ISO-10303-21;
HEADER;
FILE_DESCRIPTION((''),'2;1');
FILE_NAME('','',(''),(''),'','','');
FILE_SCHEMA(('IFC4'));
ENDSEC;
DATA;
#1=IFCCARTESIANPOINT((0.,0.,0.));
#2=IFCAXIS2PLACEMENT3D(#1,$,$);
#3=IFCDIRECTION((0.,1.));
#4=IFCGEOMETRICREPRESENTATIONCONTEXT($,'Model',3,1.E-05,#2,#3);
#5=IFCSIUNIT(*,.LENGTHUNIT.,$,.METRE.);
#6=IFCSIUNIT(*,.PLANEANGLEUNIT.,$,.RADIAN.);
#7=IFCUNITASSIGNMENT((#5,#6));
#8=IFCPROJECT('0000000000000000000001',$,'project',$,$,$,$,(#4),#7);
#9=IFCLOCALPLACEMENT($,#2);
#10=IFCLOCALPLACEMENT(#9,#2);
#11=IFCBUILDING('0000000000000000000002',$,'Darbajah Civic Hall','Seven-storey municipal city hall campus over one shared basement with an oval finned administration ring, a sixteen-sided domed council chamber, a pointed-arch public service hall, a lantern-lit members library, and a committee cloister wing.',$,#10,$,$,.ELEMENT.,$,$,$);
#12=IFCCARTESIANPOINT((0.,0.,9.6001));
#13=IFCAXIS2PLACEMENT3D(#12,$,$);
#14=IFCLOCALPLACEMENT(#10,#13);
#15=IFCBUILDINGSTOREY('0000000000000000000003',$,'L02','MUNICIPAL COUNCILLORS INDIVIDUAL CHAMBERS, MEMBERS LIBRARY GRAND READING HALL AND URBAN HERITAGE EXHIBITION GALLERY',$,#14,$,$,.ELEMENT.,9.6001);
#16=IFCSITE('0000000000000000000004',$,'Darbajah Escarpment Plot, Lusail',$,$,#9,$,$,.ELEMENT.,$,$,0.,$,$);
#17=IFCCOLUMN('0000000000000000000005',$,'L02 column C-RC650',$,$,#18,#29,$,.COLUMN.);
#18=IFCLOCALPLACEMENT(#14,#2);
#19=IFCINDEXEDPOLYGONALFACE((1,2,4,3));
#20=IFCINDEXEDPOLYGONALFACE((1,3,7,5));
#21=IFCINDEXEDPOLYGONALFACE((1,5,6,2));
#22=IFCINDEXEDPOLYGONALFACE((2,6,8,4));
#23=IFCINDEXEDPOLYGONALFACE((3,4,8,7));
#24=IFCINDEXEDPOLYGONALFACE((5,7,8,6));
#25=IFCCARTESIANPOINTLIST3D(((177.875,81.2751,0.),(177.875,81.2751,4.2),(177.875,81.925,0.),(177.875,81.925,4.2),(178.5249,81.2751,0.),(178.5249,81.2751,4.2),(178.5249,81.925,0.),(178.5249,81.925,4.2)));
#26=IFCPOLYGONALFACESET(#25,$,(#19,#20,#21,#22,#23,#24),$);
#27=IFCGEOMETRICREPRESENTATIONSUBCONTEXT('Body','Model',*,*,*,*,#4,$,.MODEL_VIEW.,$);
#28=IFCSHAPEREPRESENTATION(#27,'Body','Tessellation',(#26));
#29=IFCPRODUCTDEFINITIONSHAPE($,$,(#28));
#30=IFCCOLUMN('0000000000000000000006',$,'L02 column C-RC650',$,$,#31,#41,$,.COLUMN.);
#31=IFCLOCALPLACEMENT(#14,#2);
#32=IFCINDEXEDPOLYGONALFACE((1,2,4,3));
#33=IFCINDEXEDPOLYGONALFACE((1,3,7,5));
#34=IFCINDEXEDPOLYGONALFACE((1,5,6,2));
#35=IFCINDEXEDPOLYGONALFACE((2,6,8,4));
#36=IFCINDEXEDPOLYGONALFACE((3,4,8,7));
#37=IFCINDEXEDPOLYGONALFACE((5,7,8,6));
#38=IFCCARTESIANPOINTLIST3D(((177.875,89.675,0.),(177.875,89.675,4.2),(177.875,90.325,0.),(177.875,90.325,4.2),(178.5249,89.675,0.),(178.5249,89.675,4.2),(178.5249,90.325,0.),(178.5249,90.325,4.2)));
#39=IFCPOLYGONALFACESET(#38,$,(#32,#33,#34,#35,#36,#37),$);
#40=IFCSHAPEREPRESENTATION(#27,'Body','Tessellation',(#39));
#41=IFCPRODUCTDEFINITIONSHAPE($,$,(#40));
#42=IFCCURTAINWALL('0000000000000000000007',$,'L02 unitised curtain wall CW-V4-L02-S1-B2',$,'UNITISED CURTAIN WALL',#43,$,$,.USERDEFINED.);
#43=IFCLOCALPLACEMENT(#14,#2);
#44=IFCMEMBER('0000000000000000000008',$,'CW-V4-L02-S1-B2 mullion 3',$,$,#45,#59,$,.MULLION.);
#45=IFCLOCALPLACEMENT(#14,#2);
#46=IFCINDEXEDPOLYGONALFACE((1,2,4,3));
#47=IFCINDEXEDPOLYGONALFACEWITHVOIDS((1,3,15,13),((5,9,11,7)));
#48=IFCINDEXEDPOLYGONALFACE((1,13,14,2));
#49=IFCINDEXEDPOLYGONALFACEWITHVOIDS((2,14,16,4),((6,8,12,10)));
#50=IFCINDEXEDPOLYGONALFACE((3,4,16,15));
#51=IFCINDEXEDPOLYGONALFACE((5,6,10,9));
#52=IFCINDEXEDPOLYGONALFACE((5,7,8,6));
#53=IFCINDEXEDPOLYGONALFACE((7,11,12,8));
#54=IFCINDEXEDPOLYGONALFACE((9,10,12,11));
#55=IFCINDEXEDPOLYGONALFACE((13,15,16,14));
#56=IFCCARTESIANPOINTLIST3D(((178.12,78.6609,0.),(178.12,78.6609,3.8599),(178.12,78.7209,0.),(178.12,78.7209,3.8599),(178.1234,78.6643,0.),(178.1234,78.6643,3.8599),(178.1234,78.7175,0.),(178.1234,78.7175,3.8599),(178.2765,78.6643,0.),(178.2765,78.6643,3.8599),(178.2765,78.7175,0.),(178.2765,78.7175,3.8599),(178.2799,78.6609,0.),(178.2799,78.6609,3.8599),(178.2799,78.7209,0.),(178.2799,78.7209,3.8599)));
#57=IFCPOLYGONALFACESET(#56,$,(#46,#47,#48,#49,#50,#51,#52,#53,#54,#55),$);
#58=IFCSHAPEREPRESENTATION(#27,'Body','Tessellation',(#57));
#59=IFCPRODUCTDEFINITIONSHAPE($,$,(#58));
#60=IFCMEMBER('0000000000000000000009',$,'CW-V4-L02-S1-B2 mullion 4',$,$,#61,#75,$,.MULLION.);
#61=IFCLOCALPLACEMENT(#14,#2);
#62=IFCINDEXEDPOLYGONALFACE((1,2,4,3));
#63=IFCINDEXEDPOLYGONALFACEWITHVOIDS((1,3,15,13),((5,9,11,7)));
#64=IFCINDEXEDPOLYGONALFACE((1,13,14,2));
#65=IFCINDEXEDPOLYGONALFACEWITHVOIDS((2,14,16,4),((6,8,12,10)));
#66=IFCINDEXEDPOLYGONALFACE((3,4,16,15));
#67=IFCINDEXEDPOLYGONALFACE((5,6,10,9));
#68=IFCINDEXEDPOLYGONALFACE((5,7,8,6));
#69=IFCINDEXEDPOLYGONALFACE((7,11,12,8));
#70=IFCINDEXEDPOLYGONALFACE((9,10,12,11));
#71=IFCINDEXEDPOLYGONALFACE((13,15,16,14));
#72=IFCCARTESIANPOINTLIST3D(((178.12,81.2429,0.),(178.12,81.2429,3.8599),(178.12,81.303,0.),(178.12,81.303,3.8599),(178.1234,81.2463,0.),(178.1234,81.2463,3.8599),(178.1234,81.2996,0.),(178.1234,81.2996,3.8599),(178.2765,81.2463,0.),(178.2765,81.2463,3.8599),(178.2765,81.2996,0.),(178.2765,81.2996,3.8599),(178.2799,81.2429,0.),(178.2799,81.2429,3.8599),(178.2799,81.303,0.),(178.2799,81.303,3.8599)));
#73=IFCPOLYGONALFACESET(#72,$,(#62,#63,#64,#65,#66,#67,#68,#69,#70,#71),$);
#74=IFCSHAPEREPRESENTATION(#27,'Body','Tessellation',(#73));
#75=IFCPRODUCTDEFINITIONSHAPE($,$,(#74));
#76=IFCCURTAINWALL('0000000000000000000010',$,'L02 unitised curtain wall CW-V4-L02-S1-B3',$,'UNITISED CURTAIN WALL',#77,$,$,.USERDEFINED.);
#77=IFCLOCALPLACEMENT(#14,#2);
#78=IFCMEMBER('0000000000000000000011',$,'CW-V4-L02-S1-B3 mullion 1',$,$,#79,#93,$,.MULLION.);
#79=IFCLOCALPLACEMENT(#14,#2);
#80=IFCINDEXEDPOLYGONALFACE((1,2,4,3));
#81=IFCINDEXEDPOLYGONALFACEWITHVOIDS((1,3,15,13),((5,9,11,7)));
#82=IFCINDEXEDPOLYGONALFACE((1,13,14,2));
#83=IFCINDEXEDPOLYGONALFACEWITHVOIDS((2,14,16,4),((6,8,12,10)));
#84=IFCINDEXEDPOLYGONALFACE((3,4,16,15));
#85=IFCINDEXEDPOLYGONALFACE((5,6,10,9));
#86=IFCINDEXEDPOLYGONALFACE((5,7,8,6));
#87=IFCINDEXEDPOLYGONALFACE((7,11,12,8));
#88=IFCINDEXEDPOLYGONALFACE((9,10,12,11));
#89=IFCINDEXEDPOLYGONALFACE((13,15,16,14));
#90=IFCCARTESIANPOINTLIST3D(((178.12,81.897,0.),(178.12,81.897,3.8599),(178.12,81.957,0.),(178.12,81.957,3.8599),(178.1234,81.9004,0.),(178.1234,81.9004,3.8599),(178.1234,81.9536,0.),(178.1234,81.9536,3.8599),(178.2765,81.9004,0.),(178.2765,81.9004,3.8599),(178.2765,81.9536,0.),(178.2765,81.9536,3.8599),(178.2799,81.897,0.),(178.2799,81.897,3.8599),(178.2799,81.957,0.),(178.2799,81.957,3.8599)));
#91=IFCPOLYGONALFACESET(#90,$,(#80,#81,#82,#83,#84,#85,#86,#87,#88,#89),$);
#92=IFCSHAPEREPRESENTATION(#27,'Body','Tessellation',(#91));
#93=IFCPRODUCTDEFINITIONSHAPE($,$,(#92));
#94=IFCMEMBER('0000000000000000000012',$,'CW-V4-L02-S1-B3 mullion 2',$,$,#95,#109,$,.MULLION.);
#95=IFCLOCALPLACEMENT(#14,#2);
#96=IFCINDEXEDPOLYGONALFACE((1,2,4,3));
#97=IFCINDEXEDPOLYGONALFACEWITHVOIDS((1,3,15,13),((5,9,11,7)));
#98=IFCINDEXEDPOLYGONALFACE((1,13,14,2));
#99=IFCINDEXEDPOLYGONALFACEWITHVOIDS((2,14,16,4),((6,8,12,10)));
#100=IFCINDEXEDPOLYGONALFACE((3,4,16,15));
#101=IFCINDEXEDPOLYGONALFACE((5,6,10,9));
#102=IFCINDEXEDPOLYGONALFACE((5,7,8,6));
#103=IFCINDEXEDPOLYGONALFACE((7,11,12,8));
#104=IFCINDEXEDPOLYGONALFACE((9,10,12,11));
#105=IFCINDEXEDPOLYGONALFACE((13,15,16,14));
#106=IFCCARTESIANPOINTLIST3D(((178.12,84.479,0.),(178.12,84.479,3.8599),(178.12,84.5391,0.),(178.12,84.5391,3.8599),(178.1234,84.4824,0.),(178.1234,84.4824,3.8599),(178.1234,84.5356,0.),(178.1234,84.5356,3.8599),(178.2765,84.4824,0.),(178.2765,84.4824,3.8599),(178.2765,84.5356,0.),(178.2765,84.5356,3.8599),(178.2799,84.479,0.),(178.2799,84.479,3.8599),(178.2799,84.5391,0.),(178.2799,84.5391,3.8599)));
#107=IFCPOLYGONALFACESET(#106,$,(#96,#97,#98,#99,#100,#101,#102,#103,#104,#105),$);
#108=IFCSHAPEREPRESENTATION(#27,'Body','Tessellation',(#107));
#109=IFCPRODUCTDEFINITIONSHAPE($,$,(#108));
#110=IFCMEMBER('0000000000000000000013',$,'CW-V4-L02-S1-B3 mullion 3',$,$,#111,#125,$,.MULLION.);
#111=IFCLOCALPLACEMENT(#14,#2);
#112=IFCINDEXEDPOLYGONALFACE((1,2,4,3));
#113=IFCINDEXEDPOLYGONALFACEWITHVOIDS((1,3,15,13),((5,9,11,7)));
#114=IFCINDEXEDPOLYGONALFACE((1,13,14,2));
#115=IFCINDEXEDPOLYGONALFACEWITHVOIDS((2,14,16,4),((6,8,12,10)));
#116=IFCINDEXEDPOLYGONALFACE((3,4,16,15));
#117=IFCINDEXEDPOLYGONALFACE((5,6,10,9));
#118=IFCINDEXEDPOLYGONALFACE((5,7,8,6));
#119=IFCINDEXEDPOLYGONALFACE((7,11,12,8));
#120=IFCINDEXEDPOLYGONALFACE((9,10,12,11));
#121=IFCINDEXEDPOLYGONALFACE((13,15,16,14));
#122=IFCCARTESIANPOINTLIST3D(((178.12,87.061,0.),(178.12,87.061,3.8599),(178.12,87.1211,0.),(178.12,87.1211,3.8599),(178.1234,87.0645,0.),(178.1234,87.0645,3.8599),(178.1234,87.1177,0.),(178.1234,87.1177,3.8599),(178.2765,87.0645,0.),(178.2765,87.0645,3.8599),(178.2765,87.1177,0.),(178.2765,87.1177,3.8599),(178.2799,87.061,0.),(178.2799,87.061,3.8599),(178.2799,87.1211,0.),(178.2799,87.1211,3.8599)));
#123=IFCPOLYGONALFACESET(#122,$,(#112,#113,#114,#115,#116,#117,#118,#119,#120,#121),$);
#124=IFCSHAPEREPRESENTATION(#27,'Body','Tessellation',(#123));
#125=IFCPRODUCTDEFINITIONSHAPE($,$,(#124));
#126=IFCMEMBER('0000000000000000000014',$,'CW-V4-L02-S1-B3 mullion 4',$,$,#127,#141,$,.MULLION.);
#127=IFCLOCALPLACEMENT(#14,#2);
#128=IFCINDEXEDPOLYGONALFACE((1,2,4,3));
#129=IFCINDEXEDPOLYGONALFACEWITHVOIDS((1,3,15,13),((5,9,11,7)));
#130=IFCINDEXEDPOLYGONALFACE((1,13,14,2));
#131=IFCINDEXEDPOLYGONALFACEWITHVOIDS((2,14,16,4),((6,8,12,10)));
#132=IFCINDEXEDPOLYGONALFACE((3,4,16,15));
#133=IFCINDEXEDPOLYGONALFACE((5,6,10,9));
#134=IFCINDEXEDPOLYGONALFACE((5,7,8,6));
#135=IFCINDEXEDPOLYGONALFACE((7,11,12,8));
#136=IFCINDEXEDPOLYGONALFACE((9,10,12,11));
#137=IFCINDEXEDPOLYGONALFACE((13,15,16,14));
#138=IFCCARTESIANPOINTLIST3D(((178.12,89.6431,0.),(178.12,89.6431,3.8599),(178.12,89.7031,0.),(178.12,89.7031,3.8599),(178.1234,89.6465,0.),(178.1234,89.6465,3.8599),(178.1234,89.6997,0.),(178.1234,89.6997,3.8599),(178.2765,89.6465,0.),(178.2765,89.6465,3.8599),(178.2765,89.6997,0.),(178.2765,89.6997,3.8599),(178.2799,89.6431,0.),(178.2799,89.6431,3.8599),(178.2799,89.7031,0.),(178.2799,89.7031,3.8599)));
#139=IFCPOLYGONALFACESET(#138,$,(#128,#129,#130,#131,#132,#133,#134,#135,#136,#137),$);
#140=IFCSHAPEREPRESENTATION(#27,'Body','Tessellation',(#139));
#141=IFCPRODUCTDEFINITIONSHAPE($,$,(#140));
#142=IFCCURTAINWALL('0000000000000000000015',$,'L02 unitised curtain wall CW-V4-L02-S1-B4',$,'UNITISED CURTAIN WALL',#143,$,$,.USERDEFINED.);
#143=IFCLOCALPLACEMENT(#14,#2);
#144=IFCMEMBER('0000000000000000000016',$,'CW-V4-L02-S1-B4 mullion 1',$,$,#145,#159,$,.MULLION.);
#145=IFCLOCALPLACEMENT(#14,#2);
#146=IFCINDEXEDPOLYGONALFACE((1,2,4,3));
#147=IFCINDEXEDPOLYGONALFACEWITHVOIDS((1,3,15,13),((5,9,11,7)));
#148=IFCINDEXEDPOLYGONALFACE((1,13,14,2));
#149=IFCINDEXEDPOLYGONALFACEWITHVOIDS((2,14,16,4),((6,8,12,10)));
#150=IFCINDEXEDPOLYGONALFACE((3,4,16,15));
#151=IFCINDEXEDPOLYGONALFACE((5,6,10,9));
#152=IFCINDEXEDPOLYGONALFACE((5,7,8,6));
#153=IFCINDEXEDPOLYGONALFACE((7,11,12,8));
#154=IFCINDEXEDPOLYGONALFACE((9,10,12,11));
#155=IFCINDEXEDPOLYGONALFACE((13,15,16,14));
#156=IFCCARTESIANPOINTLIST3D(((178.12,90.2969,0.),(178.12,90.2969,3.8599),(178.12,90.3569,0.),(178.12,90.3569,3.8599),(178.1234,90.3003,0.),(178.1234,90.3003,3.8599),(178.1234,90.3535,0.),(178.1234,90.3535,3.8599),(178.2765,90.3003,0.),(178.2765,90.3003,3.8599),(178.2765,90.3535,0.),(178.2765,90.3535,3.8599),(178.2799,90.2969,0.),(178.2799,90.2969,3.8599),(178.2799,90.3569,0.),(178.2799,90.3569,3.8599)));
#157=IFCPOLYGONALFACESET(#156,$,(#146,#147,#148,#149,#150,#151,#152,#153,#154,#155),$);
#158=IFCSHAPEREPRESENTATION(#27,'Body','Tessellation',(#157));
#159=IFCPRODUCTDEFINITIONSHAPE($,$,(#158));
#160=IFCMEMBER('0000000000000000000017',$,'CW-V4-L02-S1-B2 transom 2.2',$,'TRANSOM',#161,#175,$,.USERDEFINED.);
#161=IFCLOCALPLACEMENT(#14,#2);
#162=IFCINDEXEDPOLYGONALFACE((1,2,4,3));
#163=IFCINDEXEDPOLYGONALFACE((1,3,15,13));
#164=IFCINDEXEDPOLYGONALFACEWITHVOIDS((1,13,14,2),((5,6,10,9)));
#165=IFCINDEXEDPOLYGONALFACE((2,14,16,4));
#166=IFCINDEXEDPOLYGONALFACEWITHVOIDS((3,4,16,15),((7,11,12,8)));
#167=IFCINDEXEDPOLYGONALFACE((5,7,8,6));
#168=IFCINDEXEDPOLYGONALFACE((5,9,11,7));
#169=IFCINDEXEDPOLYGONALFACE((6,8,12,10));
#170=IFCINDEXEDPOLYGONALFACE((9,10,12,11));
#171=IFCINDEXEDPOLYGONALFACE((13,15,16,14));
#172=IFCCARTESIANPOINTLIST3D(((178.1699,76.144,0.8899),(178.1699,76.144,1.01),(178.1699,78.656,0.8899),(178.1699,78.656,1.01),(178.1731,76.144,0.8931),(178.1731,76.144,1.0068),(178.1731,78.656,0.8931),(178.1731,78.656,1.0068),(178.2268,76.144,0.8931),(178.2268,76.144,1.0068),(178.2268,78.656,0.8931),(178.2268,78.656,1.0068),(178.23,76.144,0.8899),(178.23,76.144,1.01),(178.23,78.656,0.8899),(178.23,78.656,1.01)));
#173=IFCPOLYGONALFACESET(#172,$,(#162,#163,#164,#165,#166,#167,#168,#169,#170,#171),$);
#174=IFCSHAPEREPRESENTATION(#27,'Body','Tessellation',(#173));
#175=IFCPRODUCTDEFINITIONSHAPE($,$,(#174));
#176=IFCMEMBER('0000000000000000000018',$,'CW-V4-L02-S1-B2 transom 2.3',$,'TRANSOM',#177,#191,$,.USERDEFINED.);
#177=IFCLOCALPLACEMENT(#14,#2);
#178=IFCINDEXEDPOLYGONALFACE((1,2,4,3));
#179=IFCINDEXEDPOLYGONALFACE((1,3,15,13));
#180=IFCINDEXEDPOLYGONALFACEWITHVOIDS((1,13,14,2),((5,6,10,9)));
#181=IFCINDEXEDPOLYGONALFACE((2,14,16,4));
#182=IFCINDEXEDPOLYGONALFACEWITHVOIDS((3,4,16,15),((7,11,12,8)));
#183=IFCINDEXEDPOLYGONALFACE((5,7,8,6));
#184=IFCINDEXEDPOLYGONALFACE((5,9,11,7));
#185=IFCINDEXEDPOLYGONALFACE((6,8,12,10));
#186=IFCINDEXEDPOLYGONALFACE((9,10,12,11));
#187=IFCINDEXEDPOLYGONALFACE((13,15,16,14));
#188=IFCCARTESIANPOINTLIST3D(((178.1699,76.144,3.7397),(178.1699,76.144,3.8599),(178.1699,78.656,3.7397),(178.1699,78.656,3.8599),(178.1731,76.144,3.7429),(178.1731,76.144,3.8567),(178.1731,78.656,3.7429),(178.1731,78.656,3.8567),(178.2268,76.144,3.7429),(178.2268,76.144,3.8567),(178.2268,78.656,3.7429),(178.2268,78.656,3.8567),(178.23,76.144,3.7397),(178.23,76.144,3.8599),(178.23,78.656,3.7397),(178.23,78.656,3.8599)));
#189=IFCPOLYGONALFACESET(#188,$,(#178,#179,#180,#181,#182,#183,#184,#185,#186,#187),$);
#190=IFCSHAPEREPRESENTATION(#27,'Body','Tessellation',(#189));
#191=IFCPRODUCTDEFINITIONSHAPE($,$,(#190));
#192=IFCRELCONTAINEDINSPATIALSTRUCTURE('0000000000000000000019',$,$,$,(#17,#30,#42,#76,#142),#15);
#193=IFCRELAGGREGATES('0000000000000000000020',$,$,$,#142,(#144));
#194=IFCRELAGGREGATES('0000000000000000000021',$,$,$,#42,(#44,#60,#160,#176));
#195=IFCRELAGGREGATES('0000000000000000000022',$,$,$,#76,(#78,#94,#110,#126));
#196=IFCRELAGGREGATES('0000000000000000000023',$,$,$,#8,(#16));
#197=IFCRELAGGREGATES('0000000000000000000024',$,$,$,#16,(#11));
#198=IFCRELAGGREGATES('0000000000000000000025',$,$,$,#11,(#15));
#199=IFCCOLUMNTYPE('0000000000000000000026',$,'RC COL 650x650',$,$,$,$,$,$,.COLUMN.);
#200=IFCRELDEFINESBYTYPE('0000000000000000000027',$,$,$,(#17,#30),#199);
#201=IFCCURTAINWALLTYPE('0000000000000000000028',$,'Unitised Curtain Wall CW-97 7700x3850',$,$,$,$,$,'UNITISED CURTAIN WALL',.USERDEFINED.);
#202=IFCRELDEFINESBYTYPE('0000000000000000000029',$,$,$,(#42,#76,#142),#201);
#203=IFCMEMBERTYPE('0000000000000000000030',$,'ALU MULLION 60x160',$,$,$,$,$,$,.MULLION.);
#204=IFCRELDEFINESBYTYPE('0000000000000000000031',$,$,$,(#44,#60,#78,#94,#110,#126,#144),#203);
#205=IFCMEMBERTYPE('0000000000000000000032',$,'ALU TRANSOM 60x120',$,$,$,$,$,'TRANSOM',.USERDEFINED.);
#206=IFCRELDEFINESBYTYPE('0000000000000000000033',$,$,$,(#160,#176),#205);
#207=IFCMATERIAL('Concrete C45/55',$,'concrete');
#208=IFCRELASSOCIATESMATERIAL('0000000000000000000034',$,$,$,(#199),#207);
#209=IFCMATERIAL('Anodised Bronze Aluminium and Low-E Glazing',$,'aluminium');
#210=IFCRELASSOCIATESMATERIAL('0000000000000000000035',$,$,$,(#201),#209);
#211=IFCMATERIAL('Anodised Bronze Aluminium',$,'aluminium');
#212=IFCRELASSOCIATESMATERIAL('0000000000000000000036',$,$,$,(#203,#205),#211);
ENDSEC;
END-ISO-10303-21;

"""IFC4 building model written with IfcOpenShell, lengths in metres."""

from ifc_helpers import new_model, si_unit, direction, frame, origin, origin_2d, place, context, subcontext, project, spatial, rectangle, hollow_rectangle, extrude, material, material_profile, profile_set, type_object, element, aggregate, save


model = new_model("IFC4")

# Units and contexts
model_context = context("Model", 3, precision=1e-05, world=origin(), true_north=direction((0.0, 1.0)))
body_context = subcontext(model_context, "Body", "Model", "MODEL_VIEW")
ifc_project = project(units=[si_unit("LENGTHUNIT", "METRE"), si_unit("PLANEANGLEUNIT", "RADIAN")], contexts=[model_context])

# Site, building, storey
site_placement = place(None, origin())
site = spatial("IfcSite", under=ifc_project, at=site_placement, Name="Darbajah Escarpment Plot, Lusail", CompositionType="ELEMENT", RefElevation=0.0)
building_placement = place(site_placement, origin())
building = spatial("IfcBuilding", under=site, at=building_placement, Name="Darbajah Civic Hall", Description="Seven-storey municipal city hall campus over one shared basement with an oval finned administration ring, a sixteen-sided domed council chamber, a pointed-arch public service hall, a lantern-lit members library, and a committee cloister wing.", CompositionType="ELEMENT")
storey_placement = place(building_placement, frame((0.0, 0.0, 9.6001)))
storey = spatial("IfcBuildingStorey", under=building, at=storey_placement, Name="L02", Description="MUNICIPAL COUNCILLORS INDIVIDUAL CHAMBERS, MEMBERS LIBRARY GRAND READING HALL AND URBAN HERITAGE EXHIBITION GALLERY", CompositionType="ELEMENT", Elevation=9.6001)

# Columns
ifc_material_1 = material(Name="Concrete C45/55", Category="concrete")
ifc_material_profile_1 = material_profile(ifc_material_1, rectangle(XDim=0.6499, YDim=0.6499, at=origin_2d()), Name="RC COL 650x650")
ifc_profile_set_1 = profile_set([ifc_material_profile_1], Name="Concrete C45/55")
column_type = type_object("IfcColumnType", Name="RC COL 650x650", PredefinedType="COLUMN", material=ifc_profile_set_1)
for number, where, z_axis, x_axis, name in (
    (1, (178.2, 81.6001, 0.0), (0.0, 0.0, 1.0), (1.0, 0.0, 0.0), "L02 column C-RC650"),
    (2, (178.2, 90.0, 0.0), (0.0, 0.0, 1.0), (1.0, 0.0, 0.0), "L02 column C-RC650"),
):
    element("IfcColumn", number, at=place(storey_placement, frame(where, z_axis=z_axis, x_axis=x_axis)), inside=storey, type_object=column_type, Name=name, PredefinedType="COLUMN", context=body_context, shape_type="SweptSolid", body=[
        extrude(rectangle(XDim=0.6499, YDim=0.6499, at=origin_2d()), origin(), (0.0, 0.0, 1.0), 4.2),
    ])

# Curtain walls, members
ifc_material_2 = material(Name="Anodised Bronze Aluminium and Low-E Glazing", Category="aluminium")
curtain_wall_type = type_object("IfcCurtainWallType", Name="Unitised Curtain Wall CW-97 7700x3850", ElementType="UNITISED CURTAIN WALL", PredefinedType="USERDEFINED", material=ifc_material_2)
curtain_wall_1_placement = place(storey_placement, origin())
curtain_wall_1 = element("IfcCurtainWall", 3, at=curtain_wall_1_placement, inside=storey, type_object=curtain_wall_type, Name="L02 unitised curtain wall CW-V4-L02-S1-B2", ObjectType="UNITISED CURTAIN WALL", PredefinedType="USERDEFINED")
ifc_material_3 = material(Name="Anodised Bronze Aluminium", Category="aluminium")
ifc_material_profile_2 = material_profile(ifc_material_3, hollow_rectangle(XDim=0.0601, YDim=0.1599, WallThickness=0.0034, at=origin_2d()), Name="ALU MULLION 60x160")
ifc_profile_set_2 = profile_set([ifc_material_profile_2], Name="Anodised Bronze Aluminium")
member_type_1 = type_object("IfcMemberType", Name="ALU MULLION 60x160", PredefinedType="MULLION", material=ifc_profile_set_2)
member_1_placement = place(storey_placement, frame((178.2, 78.6909, 0.0), z_axis=(0.0, 0.0, 1.0), x_axis=(0.0, 1.0, 0.0)))
member_1 = element("IfcMember", 4, at=member_1_placement, type_object=member_type_1, Name="CW-V4-L02-S1-B2 mullion 3", PredefinedType="MULLION", context=body_context, shape_type="SweptSolid", body=[
    extrude(hollow_rectangle(XDim=0.0601, YDim=0.1599, WallThickness=0.0034, at=origin_2d()), origin(), (0.0, 0.0, 1.0), 3.8599),
])
member_2_placement = place(storey_placement, frame((178.2, 81.2729, 0.0), z_axis=(0.0, 0.0, 1.0), x_axis=(0.0, 1.0, 0.0)))
member_2 = element("IfcMember", 5, at=member_2_placement, type_object=member_type_1, Name="CW-V4-L02-S1-B2 mullion 4", PredefinedType="MULLION", context=body_context, shape_type="SweptSolid", body=[
    extrude(hollow_rectangle(XDim=0.0601, YDim=0.1599, WallThickness=0.0034, at=origin_2d()), origin(), (0.0, 0.0, 1.0), 3.8599),
])
curtain_wall_2_placement = place(storey_placement, origin())
curtain_wall_2 = element("IfcCurtainWall", 6, at=curtain_wall_2_placement, inside=storey, type_object=curtain_wall_type, Name="L02 unitised curtain wall CW-V4-L02-S1-B3", ObjectType="UNITISED CURTAIN WALL", PredefinedType="USERDEFINED")
member_3_placement = place(storey_placement, frame((178.2, 81.927, 0.0), z_axis=(0.0, 0.0, 1.0), x_axis=(0.0, 1.0, 0.0)))
member_3 = element("IfcMember", 7, at=member_3_placement, type_object=member_type_1, Name="CW-V4-L02-S1-B3 mullion 1", PredefinedType="MULLION", context=body_context, shape_type="SweptSolid", body=[
    extrude(hollow_rectangle(XDim=0.0601, YDim=0.1599, WallThickness=0.0034, at=origin_2d()), origin(), (0.0, 0.0, 1.0), 3.8599),
])
member_4_placement = place(storey_placement, frame((178.2, 84.509, 0.0), z_axis=(0.0, 0.0, 1.0), x_axis=(0.0, 1.0, 0.0)))
member_4 = element("IfcMember", 8, at=member_4_placement, type_object=member_type_1, Name="CW-V4-L02-S1-B3 mullion 2", PredefinedType="MULLION", context=body_context, shape_type="SweptSolid", body=[
    extrude(hollow_rectangle(XDim=0.0601, YDim=0.1599, WallThickness=0.0034, at=origin_2d()), origin(), (0.0, 0.0, 1.0), 3.8599),
])
member_5_placement = place(storey_placement, frame((178.2, 87.0911, 0.0), z_axis=(0.0, 0.0, 1.0), x_axis=(0.0, 1.0, 0.0)))
member_5 = element("IfcMember", 9, at=member_5_placement, type_object=member_type_1, Name="CW-V4-L02-S1-B3 mullion 3", PredefinedType="MULLION", context=body_context, shape_type="SweptSolid", body=[
    extrude(hollow_rectangle(XDim=0.0601, YDim=0.1599, WallThickness=0.0034, at=origin_2d()), origin(), (0.0, 0.0, 1.0), 3.8599),
])
member_6_placement = place(storey_placement, frame((178.2, 89.6731, 0.0), z_axis=(0.0, 0.0, 1.0), x_axis=(0.0, 1.0, 0.0)))
member_6 = element("IfcMember", 10, at=member_6_placement, type_object=member_type_1, Name="CW-V4-L02-S1-B3 mullion 4", PredefinedType="MULLION", context=body_context, shape_type="SweptSolid", body=[
    extrude(hollow_rectangle(XDim=0.0601, YDim=0.1599, WallThickness=0.0034, at=origin_2d()), origin(), (0.0, 0.0, 1.0), 3.8599),
])

# Curtain wall, member
curtain_wall_3_placement = place(storey_placement, origin())
curtain_wall_3 = element("IfcCurtainWall", 11, at=curtain_wall_3_placement, inside=storey, type_object=curtain_wall_type, Name="L02 unitised curtain wall CW-V4-L02-S1-B4", ObjectType="UNITISED CURTAIN WALL", PredefinedType="USERDEFINED")
member_7_placement = place(storey_placement, frame((178.2, 90.3269, 0.0), z_axis=(0.0, 0.0, 1.0), x_axis=(0.0, 1.0, 0.0)))
member_7 = element("IfcMember", 12, at=member_7_placement, type_object=member_type_1, Name="CW-V4-L02-S1-B4 mullion 1", PredefinedType="MULLION", context=body_context, shape_type="SweptSolid", body=[
    extrude(hollow_rectangle(XDim=0.0601, YDim=0.1599, WallThickness=0.0034, at=origin_2d()), origin(), (0.0, 0.0, 1.0), 3.8599),
])

# Members
ifc_material_profile_3 = material_profile(ifc_material_3, hollow_rectangle(XDim=0.0601, YDim=0.1201, WallThickness=0.0032, at=origin_2d()), Name="ALU TRANSOM 60x120")
ifc_profile_set_3 = profile_set([ifc_material_profile_3], Name="Anodised Bronze Aluminium")
member_type_2 = type_object("IfcMemberType", Name="ALU TRANSOM 60x120", ElementType="TRANSOM", PredefinedType="USERDEFINED", material=ifc_profile_set_3)
member_8_placement = place(storey_placement, frame((178.2, 76.144, 0.95), z_axis=(0.0, 1.0, 0.0), x_axis=(-1.0, 0.0, 0.0)))
member_8 = element("IfcMember", 13, at=member_8_placement, type_object=member_type_2, Name="CW-V4-L02-S1-B2 transom 2.2", ObjectType="TRANSOM", PredefinedType="USERDEFINED", context=body_context, shape_type="SweptSolid", body=[
    extrude(hollow_rectangle(XDim=0.0601, YDim=0.1201, WallThickness=0.0032, at=origin_2d()), origin(), (0.0, 0.0, 1.0), 2.512),
])
member_9_placement = place(storey_placement, frame((178.2, 76.144, 3.7998), z_axis=(0.0, 1.0, 0.0), x_axis=(-1.0, 0.0, 0.0)))
member_9 = element("IfcMember", 14, at=member_9_placement, type_object=member_type_2, Name="CW-V4-L02-S1-B2 transom 2.3", ObjectType="TRANSOM", PredefinedType="USERDEFINED", context=body_context, shape_type="SweptSolid", body=[
    extrude(hollow_rectangle(XDim=0.0601, YDim=0.1201, WallThickness=0.0032, at=origin_2d()), origin(), (0.0, 0.0, 1.0), 2.512),
])
aggregate(curtain_wall_3, [member_7])

aggregate(curtain_wall_1, [member_1, member_2, member_8, member_9])
aggregate(curtain_wall_2, [member_3, member_4, member_5, member_6])

save(model, "model.ifc")
